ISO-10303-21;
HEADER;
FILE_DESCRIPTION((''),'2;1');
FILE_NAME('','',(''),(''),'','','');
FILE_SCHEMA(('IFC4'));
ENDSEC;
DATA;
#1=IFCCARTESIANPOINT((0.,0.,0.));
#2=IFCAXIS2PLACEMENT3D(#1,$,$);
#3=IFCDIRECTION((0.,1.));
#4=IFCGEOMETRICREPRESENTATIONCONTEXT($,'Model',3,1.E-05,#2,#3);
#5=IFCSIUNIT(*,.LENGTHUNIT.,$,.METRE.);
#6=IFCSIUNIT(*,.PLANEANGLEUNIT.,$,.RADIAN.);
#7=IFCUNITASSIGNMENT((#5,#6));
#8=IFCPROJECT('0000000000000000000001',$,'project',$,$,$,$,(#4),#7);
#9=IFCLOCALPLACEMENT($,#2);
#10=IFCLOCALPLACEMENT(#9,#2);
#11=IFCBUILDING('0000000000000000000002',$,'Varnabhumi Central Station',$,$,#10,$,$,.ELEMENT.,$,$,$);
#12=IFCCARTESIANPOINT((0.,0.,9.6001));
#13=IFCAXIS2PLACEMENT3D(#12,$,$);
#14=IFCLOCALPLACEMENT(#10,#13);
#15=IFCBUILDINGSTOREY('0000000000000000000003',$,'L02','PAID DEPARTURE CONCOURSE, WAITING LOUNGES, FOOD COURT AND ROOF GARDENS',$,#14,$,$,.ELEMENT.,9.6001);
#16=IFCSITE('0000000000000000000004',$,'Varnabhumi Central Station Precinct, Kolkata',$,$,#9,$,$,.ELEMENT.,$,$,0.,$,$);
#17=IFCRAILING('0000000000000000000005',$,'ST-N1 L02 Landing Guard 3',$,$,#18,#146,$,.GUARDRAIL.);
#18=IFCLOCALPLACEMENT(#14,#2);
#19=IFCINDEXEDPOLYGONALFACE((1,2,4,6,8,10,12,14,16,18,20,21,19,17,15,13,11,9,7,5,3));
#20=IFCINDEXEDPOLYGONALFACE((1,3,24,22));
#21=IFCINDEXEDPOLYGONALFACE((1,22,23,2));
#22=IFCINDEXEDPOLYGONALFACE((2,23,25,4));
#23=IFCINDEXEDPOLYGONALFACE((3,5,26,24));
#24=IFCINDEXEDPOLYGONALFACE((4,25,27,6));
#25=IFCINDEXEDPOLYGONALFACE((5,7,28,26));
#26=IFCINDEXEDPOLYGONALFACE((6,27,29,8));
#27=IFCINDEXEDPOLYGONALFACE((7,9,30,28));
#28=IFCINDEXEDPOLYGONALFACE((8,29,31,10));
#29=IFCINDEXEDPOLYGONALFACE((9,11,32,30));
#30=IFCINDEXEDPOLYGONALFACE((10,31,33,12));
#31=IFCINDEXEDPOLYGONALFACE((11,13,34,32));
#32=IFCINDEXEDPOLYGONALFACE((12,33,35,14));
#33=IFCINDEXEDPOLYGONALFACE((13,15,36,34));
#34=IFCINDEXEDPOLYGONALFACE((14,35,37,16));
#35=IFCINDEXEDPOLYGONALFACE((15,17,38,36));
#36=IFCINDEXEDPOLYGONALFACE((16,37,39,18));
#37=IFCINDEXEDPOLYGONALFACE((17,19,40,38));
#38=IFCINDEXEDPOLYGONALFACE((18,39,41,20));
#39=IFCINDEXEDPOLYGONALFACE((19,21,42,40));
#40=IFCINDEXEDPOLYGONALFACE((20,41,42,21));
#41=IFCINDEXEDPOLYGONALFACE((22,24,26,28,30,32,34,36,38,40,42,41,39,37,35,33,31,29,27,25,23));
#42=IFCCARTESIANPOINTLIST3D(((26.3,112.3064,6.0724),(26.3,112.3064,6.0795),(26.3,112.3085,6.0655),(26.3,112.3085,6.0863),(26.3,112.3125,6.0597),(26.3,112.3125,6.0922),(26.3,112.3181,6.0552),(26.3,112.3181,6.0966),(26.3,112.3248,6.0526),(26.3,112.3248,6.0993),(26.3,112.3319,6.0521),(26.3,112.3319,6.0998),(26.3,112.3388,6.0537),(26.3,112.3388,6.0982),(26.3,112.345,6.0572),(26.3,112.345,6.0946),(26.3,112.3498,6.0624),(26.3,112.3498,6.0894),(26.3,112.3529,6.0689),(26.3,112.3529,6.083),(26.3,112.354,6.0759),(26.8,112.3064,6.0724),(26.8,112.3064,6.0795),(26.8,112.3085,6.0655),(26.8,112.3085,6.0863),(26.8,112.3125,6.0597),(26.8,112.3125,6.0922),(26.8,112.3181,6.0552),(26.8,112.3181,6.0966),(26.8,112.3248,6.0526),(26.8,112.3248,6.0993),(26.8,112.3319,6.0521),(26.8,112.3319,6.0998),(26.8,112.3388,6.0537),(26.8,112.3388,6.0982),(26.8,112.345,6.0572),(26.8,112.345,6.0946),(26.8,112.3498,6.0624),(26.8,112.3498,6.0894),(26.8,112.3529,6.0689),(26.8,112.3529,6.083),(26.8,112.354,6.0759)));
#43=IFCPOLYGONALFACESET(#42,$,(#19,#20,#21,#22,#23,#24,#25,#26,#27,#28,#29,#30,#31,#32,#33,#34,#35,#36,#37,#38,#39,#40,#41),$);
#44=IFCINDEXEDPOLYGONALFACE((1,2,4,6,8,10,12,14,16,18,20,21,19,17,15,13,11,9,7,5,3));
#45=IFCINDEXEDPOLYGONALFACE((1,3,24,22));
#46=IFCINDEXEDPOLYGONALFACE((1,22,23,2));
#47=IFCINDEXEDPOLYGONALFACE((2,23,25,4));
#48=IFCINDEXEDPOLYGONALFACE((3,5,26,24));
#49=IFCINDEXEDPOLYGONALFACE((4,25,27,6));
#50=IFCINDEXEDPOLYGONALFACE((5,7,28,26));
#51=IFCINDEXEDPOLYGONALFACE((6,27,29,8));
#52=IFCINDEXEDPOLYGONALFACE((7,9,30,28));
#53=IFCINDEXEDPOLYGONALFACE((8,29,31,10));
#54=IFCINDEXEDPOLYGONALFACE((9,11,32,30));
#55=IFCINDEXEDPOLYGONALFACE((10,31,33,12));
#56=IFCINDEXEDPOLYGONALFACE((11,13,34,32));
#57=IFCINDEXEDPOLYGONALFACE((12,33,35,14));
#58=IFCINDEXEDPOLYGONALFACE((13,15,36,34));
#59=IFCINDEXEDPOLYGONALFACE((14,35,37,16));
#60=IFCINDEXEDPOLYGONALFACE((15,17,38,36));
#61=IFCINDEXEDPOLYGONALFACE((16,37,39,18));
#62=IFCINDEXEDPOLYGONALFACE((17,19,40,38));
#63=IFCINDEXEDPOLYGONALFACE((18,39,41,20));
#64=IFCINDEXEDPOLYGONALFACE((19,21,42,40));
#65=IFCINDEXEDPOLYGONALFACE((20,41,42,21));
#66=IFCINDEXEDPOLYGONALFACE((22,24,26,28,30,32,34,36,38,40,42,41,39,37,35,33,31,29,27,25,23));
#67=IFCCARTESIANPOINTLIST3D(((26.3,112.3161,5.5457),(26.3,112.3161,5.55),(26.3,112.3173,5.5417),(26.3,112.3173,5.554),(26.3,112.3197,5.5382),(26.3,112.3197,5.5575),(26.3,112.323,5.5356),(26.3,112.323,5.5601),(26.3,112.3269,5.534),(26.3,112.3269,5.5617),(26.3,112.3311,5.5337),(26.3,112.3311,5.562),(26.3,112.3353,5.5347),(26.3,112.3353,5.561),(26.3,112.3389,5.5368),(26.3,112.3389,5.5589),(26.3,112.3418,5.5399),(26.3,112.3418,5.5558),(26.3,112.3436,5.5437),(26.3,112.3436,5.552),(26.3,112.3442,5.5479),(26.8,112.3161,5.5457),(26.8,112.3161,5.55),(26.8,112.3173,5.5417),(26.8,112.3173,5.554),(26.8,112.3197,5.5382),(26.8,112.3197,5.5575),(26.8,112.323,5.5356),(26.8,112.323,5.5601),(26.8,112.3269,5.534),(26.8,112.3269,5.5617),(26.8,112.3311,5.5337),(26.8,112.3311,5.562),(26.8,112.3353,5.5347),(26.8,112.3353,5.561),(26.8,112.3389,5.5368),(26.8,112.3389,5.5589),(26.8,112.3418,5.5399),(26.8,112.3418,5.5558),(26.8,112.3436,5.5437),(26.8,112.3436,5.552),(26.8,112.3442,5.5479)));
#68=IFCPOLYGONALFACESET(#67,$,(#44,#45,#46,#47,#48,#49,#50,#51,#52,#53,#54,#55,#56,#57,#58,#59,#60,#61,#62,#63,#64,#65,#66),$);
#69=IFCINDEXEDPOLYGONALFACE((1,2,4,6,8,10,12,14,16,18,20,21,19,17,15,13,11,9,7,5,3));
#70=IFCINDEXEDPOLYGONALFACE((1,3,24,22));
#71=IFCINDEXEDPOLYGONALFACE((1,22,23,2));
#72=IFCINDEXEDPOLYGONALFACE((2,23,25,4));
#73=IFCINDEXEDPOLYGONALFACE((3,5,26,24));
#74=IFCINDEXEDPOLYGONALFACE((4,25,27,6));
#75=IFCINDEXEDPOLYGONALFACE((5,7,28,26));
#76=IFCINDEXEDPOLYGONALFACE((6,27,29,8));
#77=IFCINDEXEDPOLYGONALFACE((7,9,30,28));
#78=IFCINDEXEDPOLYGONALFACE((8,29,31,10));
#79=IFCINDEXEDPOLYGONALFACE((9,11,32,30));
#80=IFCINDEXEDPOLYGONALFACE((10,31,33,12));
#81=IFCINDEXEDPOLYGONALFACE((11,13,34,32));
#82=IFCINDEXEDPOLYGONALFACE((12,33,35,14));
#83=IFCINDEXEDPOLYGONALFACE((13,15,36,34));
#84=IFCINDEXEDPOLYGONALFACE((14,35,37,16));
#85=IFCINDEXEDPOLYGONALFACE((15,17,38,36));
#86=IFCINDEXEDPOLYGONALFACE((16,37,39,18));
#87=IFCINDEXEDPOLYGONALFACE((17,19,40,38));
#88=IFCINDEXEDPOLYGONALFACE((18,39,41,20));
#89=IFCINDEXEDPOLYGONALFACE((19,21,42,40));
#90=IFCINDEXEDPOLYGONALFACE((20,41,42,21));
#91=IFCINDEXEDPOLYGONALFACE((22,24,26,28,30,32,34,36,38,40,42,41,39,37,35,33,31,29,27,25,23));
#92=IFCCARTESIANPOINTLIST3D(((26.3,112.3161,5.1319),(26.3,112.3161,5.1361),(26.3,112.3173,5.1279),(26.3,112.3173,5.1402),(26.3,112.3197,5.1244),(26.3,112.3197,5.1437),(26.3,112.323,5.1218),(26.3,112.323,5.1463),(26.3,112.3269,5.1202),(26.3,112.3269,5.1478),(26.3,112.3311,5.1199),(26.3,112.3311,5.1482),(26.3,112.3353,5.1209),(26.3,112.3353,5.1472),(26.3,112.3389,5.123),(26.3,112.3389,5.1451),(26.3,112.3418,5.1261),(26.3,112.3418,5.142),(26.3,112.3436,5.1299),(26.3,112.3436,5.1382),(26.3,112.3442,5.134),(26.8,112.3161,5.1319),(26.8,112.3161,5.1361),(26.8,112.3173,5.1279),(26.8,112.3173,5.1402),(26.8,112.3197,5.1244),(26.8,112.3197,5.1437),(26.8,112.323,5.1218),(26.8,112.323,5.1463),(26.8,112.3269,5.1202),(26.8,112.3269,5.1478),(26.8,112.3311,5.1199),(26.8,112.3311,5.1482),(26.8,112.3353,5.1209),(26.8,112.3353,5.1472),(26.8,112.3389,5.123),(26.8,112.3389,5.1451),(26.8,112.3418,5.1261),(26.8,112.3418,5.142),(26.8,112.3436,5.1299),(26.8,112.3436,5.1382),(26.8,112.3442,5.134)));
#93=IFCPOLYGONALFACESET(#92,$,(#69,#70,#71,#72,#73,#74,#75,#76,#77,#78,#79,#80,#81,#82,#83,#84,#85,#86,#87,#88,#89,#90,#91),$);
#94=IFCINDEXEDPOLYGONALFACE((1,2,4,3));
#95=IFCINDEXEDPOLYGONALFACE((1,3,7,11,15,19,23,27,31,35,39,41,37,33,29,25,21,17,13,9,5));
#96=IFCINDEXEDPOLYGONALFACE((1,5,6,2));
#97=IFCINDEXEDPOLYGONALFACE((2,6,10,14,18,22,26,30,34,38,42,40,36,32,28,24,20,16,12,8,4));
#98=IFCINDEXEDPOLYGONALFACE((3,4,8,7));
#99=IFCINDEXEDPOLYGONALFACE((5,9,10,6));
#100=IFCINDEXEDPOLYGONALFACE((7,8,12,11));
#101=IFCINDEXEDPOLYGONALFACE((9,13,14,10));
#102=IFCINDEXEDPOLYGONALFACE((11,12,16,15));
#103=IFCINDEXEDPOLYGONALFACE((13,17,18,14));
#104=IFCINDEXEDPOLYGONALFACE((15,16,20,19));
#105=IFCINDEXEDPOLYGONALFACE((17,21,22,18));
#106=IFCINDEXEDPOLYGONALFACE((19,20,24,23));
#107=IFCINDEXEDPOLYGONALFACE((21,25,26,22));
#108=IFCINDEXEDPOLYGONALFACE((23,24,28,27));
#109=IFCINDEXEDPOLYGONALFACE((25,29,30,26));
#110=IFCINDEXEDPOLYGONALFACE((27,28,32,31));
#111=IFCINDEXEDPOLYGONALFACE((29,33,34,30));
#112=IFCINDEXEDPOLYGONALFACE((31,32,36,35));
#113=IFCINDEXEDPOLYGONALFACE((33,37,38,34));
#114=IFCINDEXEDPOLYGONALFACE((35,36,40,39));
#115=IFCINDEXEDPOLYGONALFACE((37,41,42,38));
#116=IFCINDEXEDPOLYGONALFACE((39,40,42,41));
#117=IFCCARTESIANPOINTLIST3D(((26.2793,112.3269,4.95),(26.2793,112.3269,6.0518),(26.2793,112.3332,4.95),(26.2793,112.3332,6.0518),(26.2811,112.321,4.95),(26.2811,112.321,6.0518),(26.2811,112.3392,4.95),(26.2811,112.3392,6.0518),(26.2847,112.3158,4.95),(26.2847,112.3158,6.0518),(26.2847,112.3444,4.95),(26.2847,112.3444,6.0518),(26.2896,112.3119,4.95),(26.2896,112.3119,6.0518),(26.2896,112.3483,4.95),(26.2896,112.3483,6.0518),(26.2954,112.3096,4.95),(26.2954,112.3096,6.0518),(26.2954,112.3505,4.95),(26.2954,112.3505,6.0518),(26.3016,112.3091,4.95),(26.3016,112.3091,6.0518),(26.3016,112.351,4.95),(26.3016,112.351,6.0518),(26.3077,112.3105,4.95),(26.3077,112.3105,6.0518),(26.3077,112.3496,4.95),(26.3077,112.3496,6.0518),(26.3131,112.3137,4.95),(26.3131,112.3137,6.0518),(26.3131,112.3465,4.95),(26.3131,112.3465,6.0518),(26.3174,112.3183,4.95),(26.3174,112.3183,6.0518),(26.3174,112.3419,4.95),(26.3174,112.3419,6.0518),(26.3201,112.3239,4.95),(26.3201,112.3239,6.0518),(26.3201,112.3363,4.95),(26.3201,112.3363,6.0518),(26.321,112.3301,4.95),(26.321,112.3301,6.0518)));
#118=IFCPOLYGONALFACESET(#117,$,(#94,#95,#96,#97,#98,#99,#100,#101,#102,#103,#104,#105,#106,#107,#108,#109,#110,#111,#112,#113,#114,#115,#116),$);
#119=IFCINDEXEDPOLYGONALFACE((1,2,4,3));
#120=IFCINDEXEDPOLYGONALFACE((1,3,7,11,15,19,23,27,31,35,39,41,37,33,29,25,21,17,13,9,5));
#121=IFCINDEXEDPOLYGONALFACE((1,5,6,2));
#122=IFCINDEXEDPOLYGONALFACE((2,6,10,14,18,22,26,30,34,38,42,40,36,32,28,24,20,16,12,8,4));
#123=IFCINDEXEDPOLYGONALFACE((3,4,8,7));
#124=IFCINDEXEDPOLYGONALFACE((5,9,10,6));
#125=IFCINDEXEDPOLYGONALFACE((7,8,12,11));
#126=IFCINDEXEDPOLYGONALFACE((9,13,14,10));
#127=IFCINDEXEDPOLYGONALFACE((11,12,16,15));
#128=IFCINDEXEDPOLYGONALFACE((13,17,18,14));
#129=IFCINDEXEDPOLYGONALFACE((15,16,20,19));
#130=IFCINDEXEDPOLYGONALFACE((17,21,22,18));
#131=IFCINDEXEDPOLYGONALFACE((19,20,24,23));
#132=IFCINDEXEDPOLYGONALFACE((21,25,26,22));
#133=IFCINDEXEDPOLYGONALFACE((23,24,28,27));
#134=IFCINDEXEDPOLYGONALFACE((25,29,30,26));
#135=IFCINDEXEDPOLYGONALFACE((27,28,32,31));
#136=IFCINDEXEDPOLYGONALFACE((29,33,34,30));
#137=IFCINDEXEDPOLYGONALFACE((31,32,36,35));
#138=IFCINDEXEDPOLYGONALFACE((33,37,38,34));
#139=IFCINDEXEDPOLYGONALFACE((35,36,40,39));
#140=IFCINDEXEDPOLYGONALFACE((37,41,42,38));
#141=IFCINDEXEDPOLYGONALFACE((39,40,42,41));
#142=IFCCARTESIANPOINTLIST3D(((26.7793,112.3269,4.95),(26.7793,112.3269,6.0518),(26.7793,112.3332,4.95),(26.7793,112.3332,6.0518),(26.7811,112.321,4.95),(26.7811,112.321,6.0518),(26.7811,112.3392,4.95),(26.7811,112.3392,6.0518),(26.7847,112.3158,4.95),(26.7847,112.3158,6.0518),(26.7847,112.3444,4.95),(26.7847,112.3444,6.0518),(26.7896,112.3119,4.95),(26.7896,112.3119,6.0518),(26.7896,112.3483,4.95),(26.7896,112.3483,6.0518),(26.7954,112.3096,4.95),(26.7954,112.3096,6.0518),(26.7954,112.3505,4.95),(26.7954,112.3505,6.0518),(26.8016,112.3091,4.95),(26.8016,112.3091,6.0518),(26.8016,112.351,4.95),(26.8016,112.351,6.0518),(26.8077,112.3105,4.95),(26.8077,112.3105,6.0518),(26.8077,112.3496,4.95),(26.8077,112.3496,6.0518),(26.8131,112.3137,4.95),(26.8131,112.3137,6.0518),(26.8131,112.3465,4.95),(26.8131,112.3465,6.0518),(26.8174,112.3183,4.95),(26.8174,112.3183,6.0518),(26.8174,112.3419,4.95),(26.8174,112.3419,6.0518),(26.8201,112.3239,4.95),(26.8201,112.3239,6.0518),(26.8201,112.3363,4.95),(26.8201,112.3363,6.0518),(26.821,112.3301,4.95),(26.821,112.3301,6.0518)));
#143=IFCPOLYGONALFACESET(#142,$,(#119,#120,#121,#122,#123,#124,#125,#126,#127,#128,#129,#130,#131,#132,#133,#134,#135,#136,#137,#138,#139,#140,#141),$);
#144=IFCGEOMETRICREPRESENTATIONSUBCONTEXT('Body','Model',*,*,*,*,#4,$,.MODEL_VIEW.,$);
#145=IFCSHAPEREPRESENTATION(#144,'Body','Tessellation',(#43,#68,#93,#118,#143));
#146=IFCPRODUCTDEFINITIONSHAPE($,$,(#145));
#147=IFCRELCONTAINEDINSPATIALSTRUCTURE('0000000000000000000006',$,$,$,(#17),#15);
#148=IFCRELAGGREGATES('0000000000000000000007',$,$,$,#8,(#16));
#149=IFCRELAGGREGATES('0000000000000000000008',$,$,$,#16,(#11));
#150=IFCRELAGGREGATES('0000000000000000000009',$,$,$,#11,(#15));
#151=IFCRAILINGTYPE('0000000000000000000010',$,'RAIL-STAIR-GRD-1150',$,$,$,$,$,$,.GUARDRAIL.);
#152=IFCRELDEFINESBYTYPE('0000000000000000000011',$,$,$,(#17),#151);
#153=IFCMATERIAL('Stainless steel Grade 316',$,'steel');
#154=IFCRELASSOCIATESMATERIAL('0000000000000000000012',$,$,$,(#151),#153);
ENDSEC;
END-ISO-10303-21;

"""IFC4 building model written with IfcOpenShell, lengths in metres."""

from ifc_helpers import new_model, si_unit, direction, frame, origin, origin_2d, place, context, subcontext, project, spatial, circle, extrude, material, type_object, element, save


model = new_model("IFC4")

# Units and contexts
model_context = context("Model", 3, precision=1e-05, world=origin(), true_north=direction((0.0, 1.0)))
body_context = subcontext(model_context, "Body", "Model", "MODEL_VIEW")
ifc_project = project(units=[si_unit("LENGTHUNIT", "METRE"), si_unit("PLANEANGLEUNIT", "RADIAN")], contexts=[model_context])

# Site, building, storey
site_placement = place(None, origin())
site = spatial("IfcSite", under=ifc_project, at=site_placement, Name="Varnabhumi Central Station Precinct, Kolkata", CompositionType="ELEMENT", RefElevation=0.0)
building_placement = place(site_placement, origin())
building = spatial("IfcBuilding", under=site, at=building_placement, Name="Varnabhumi Central Station", CompositionType="ELEMENT")
storey_placement = place(building_placement, frame((0.0, 0.0, 9.6001)))
storey = spatial("IfcBuildingStorey", under=building, at=storey_placement, Name="L02", Description="PAID DEPARTURE CONCOURSE, WAITING LOUNGES, FOOD COURT AND ROOF GARDENS", CompositionType="ELEMENT", Elevation=9.6001)

# Shared definitions
ifc_material_1 = material(Name="Stainless steel Grade 316", Category="steel")

# Railing
railing_type_1 = type_object("IfcRailingType", Name="RAIL-STAIR-GRD-1150", PredefinedType="GUARDRAIL", material=ifc_material_1)
railing_1_placement = place(storey_placement, frame((26.3, 112.3301, 4.95)))
element("IfcRailing", 1, at=railing_1_placement, inside=storey, type_object=railing_type_1, Name="ST-N1 L02 Landing Guard 3", PredefinedType="GUARDRAIL", context=body_context, shape_type="SweptSolid", body=[
    extrude(circle(Radius=0.0239, at=origin_2d()), frame((0.0, 0.0, 1.126), z_axis=(1.0, 0.0, 0.0), x_axis=(0.0, 1.0, 0.0)), (0.0, 0.0, 1.0), 0.5),
    extrude(circle(Radius=0.0142, at=origin_2d()), frame((0.0, 0.0, 0.5979), z_axis=(1.0, 0.0, 0.0), x_axis=(0.0, 1.0, 0.0)), (0.0, 0.0, 1.0), 0.5),
    extrude(circle(Radius=0.0142, at=origin_2d()), frame((0.0, 0.0, 0.1841), z_axis=(1.0, 0.0, 0.0), x_axis=(0.0, 1.0, 0.0)), (0.0, 0.0, 1.0), 0.5),
    extrude(circle(Radius=0.021, at=origin_2d()), origin(), (0.0, 0.0, 1.0), 1.1018),
    extrude(circle(Radius=0.021, at=origin_2d()), frame((0.5, 0.0, 0.0)), (0.0, 0.0, 1.0), 1.1018),
])

save(model, "model.ifc")
